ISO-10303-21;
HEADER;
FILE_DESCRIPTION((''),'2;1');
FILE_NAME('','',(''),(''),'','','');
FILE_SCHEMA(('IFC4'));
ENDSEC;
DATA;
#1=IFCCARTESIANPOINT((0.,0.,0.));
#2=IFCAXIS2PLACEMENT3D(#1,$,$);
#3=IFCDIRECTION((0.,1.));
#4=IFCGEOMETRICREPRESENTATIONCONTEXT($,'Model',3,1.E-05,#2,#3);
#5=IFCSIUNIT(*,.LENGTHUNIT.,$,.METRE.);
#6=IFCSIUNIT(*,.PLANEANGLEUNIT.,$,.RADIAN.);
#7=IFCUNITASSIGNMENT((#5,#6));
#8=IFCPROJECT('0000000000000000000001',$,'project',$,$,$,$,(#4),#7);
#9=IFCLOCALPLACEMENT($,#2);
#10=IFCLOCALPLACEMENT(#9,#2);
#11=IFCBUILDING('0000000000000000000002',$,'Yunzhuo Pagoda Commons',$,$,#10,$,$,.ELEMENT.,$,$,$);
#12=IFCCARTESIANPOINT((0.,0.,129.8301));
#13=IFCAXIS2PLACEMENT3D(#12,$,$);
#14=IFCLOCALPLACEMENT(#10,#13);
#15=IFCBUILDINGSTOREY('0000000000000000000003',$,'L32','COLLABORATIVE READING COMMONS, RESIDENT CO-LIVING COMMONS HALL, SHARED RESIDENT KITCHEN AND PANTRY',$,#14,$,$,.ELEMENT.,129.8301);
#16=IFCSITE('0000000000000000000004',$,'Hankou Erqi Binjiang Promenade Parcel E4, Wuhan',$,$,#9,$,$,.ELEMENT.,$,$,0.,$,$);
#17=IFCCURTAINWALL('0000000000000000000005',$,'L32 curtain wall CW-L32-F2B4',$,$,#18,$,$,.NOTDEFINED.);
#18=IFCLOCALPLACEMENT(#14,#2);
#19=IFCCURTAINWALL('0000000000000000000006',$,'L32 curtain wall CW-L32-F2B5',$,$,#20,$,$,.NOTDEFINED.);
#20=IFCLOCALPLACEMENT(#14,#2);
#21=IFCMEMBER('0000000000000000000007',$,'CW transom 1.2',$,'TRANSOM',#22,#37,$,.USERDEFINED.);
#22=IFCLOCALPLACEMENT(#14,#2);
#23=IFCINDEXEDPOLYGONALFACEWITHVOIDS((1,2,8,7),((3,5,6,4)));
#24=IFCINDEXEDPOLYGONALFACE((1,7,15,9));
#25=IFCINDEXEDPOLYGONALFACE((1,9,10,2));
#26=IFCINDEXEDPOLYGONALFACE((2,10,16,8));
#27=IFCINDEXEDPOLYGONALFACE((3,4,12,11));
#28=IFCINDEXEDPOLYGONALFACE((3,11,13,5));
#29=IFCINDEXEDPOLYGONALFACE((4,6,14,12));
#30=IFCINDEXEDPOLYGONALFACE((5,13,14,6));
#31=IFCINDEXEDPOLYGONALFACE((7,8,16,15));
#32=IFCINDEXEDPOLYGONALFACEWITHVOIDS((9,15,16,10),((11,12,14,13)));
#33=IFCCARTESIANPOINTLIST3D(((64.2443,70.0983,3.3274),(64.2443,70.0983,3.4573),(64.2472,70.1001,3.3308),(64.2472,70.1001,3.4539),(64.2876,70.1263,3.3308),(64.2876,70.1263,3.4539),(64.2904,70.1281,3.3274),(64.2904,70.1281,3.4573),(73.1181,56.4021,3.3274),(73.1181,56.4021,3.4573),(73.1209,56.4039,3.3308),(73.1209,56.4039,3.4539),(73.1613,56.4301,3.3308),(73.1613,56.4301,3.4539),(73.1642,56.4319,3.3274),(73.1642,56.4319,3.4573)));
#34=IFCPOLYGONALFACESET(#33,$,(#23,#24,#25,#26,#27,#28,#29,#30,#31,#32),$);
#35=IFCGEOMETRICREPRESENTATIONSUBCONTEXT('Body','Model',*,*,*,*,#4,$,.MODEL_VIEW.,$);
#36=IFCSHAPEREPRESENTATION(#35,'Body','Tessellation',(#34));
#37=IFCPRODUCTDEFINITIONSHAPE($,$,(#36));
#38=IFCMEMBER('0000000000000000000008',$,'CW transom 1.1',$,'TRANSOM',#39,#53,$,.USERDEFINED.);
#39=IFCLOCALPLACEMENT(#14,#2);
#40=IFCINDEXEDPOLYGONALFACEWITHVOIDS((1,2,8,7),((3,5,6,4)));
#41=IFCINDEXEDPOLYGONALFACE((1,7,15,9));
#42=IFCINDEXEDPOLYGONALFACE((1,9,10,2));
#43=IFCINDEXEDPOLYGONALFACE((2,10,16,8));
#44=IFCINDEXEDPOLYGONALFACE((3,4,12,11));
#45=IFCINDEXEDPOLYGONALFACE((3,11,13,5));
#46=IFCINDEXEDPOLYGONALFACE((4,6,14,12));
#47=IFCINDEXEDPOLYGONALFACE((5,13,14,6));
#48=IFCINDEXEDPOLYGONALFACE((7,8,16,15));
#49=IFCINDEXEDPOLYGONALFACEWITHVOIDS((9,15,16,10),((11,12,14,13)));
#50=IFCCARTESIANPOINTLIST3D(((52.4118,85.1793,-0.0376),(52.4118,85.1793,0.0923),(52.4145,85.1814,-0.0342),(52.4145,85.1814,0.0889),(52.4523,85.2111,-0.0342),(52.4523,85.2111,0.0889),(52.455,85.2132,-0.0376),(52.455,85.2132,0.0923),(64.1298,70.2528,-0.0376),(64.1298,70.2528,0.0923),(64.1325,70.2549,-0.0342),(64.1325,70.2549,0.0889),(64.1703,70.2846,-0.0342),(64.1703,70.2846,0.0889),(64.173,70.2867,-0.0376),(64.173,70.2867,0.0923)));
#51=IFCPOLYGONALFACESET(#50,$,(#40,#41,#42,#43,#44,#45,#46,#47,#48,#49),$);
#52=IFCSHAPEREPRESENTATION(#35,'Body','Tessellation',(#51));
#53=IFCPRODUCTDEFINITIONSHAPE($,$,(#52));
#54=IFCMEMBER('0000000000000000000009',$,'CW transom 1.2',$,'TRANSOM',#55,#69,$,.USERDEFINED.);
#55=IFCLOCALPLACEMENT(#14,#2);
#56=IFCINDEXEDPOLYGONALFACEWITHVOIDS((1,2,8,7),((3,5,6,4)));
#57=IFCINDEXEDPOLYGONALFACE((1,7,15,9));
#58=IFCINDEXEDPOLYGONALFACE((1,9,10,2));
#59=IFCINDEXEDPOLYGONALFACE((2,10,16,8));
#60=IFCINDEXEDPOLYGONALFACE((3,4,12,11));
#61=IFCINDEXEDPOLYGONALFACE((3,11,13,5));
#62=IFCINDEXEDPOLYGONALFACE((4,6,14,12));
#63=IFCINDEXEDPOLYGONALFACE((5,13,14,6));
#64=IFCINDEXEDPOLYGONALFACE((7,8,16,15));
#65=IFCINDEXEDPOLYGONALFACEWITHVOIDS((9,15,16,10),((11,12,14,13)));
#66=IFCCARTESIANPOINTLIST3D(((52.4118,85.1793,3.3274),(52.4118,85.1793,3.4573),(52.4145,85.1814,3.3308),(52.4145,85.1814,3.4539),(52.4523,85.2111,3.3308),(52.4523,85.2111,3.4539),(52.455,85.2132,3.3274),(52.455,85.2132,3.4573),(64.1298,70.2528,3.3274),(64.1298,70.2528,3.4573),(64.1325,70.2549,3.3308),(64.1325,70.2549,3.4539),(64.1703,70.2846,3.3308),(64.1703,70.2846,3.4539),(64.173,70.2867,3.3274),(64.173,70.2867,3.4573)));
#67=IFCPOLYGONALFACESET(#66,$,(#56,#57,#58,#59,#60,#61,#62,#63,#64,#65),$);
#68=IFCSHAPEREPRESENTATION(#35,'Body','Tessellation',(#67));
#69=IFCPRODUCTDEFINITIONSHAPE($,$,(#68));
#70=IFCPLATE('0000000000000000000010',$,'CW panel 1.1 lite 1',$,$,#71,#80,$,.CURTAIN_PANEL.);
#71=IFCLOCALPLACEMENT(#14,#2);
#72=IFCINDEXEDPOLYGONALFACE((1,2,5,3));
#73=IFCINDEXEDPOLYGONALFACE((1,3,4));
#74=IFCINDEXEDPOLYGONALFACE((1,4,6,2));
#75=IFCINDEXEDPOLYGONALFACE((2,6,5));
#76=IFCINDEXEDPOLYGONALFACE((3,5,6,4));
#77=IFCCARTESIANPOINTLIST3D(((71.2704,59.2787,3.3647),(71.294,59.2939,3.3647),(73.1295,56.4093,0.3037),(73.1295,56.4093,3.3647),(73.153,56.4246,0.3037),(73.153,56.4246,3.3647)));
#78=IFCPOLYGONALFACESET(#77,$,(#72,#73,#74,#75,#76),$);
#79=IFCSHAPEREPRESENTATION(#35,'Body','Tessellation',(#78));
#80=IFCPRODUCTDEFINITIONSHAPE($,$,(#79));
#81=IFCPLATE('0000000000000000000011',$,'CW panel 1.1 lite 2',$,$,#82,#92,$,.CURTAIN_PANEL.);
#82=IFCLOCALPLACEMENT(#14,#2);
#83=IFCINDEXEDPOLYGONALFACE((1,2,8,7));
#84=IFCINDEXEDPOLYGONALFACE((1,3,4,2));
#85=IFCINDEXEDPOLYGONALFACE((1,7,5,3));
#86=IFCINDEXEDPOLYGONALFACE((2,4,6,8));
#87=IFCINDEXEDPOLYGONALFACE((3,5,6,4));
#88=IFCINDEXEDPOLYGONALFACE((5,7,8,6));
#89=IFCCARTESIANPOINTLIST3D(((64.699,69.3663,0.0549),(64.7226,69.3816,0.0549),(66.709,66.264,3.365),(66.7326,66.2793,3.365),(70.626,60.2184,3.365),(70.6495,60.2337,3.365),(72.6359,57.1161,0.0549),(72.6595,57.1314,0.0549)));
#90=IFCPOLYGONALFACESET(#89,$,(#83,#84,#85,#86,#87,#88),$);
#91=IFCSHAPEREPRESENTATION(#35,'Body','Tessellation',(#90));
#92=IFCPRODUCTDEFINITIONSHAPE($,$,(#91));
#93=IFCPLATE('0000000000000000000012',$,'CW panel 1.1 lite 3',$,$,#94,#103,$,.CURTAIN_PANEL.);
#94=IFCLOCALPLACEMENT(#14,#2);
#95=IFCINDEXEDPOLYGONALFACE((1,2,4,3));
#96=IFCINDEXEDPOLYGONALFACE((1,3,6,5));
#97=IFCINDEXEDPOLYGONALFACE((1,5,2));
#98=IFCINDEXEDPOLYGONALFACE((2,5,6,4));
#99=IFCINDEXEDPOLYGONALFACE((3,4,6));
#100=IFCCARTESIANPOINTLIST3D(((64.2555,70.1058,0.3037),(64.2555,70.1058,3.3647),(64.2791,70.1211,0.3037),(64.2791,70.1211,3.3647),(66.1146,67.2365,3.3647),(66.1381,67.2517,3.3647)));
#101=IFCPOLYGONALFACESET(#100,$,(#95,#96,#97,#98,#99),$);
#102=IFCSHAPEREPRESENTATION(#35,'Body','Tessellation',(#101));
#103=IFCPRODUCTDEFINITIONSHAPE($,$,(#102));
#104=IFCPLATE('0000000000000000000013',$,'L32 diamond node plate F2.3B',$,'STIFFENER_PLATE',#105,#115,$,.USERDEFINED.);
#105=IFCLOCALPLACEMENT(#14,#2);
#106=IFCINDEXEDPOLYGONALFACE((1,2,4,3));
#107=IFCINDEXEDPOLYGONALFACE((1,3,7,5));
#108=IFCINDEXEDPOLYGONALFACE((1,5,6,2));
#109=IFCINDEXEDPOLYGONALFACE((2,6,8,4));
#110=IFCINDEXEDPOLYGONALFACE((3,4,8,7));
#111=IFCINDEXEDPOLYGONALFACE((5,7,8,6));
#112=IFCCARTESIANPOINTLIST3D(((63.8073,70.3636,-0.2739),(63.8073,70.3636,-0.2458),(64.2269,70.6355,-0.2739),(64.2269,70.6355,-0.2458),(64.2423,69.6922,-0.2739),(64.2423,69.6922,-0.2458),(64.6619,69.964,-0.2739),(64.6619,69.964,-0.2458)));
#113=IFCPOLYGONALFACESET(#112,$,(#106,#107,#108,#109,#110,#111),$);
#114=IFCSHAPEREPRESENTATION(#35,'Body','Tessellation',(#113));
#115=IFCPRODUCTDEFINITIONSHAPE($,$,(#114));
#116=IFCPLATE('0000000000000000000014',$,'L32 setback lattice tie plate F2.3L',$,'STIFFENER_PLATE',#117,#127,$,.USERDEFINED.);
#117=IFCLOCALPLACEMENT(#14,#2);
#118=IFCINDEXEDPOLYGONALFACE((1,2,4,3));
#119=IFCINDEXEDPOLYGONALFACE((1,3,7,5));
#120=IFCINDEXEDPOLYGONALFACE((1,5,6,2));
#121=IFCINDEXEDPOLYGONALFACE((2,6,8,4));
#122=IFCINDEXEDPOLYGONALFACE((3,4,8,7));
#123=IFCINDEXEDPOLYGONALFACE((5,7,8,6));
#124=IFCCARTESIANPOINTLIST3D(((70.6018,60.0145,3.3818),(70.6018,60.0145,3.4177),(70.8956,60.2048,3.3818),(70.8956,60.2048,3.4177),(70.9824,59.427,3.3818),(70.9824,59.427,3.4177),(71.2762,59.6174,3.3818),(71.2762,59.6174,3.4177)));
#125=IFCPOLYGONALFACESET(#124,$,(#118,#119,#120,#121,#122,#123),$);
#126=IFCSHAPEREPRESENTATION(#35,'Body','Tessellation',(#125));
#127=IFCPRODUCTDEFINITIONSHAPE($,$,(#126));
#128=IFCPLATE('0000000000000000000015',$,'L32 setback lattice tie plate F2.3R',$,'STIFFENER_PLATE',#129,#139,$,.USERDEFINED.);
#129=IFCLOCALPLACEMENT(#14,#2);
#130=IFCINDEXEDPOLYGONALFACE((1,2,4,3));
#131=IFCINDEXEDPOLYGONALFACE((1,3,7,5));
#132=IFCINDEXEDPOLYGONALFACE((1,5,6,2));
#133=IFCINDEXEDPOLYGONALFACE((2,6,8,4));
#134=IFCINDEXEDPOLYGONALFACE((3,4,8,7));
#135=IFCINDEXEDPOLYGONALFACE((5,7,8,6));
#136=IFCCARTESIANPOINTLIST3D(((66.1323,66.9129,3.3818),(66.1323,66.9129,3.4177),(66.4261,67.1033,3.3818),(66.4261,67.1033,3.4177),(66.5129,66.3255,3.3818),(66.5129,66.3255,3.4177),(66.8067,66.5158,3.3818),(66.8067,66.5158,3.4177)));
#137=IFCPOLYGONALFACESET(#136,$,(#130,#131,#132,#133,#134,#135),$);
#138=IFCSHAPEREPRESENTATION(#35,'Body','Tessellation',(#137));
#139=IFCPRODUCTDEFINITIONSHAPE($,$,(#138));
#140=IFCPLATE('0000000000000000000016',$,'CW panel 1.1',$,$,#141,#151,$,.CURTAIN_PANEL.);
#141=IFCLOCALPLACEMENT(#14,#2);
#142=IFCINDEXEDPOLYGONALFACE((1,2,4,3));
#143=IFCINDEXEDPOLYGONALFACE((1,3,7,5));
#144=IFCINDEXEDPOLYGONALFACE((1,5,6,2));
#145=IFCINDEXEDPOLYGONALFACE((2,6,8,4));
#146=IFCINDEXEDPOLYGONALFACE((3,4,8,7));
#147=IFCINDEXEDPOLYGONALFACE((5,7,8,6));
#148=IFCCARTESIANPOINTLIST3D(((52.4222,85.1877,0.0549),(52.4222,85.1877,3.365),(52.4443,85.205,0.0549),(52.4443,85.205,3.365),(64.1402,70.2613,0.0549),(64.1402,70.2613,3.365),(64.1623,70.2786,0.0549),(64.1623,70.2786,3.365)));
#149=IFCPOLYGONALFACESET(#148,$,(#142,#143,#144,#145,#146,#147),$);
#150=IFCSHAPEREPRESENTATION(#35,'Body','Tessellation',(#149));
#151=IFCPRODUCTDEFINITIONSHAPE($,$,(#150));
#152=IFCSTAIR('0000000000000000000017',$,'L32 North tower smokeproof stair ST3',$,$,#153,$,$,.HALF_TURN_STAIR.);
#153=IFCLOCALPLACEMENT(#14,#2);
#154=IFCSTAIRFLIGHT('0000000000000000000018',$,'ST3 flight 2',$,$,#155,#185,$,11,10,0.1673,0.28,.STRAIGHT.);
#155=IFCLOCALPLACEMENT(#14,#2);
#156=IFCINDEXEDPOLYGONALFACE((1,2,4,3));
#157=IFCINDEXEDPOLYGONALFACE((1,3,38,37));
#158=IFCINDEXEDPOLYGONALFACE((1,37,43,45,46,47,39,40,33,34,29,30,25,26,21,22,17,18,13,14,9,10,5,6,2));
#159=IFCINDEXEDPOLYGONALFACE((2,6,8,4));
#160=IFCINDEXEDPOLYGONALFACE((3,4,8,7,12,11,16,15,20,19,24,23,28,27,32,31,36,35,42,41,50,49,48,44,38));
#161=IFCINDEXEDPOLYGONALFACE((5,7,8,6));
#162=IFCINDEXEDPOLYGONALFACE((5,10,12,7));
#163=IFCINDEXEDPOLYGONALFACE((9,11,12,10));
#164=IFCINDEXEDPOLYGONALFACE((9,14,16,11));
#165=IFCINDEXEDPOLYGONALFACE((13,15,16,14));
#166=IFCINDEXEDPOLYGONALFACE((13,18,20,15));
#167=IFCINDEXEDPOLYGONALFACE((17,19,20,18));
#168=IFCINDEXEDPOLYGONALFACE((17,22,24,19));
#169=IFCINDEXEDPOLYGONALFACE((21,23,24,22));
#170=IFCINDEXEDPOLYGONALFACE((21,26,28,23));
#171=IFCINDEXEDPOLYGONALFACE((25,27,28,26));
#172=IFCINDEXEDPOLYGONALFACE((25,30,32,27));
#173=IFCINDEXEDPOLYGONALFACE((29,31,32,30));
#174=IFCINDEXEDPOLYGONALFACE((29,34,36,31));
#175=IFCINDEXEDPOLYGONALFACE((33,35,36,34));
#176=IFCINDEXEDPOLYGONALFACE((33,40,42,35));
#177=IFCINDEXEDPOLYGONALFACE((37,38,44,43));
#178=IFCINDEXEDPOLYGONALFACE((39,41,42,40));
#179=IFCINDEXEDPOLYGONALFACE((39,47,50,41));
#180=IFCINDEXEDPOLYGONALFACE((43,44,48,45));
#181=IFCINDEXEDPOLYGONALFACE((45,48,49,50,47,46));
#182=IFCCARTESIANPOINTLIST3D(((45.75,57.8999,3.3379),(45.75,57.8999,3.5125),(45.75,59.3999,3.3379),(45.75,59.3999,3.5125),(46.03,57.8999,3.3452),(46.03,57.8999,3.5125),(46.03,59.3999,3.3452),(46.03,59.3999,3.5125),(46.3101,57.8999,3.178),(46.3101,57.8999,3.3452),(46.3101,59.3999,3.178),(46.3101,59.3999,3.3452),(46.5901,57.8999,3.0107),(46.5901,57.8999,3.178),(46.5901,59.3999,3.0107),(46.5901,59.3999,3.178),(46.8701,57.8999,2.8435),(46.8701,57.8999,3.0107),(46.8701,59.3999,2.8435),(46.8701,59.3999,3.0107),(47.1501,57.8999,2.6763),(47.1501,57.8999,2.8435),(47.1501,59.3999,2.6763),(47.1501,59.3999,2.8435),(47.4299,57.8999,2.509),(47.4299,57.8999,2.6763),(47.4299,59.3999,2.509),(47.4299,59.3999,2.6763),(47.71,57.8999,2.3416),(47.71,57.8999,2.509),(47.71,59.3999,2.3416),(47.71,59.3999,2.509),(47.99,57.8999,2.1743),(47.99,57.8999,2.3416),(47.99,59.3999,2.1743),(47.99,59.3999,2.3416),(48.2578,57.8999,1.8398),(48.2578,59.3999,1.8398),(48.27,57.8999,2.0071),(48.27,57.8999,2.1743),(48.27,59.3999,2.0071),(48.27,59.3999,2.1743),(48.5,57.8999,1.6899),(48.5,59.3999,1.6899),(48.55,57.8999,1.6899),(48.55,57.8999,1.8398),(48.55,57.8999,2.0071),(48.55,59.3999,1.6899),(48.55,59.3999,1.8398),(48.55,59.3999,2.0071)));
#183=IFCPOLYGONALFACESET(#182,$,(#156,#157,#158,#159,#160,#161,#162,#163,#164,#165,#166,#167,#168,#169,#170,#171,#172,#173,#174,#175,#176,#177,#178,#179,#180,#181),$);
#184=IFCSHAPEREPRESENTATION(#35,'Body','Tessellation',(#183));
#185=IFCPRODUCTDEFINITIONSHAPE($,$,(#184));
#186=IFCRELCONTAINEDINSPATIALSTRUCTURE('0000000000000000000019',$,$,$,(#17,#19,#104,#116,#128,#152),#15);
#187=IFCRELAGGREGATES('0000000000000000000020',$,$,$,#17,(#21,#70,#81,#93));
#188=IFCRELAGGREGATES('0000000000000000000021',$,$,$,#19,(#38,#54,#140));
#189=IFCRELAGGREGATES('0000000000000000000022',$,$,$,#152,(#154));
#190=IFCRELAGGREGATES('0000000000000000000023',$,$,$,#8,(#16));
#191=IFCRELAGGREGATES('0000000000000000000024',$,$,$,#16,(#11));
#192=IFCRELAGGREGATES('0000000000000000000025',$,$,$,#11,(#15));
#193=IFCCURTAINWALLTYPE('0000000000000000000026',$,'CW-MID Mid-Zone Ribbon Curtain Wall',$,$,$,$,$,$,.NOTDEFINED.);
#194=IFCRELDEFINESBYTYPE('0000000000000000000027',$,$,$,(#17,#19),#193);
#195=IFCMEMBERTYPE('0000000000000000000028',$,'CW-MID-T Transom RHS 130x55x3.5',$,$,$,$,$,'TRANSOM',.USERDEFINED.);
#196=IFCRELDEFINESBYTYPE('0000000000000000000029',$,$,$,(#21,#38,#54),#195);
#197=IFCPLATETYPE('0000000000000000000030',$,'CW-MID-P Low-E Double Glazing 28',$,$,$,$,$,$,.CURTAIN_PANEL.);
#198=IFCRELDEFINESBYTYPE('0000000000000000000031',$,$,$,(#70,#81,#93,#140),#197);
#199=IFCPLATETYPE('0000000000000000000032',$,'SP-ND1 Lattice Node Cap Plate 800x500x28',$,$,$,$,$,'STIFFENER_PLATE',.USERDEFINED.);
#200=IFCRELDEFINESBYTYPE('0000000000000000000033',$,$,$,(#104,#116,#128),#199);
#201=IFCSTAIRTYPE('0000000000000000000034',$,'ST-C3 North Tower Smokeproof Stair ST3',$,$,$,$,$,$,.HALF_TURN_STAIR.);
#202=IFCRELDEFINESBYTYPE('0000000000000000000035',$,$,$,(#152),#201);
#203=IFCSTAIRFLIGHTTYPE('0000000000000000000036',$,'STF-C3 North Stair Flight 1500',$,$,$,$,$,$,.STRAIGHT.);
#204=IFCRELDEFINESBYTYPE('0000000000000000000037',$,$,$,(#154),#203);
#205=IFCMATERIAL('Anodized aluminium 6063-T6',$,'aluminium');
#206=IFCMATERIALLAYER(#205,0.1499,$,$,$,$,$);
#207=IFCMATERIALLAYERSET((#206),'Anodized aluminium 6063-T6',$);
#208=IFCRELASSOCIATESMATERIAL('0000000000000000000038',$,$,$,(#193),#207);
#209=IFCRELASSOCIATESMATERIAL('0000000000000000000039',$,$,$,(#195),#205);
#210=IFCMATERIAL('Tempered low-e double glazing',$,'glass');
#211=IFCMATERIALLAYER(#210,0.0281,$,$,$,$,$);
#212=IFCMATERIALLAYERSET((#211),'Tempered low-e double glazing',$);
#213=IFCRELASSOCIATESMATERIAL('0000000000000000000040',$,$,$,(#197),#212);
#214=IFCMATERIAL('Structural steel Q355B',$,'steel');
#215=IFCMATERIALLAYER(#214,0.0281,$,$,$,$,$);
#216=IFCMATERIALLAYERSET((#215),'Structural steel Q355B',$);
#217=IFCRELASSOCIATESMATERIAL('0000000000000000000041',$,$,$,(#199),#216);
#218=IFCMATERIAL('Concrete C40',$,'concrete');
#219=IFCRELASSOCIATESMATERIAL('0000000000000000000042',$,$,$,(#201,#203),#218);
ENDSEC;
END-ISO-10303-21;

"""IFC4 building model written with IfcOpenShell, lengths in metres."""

from ifc_helpers import new_model, si_unit, direction, frame, origin, origin_2d, place, context, subcontext, project, spatial, polyline, rectangle, hollow_rectangle, outline, extrude, source, transform, mapped, material, layer, layer_set, material_profile, profile_set, type_object, element, aggregate, save


model = new_model("IFC4")

# Units and contexts
model_context = context("Model", 3, precision=1e-05, world=origin(), true_north=direction((0.0, 1.0)))
body_context = subcontext(model_context, "Body", "Model", "MODEL_VIEW")
ifc_project = project(units=[si_unit("LENGTHUNIT", "METRE"), si_unit("PLANEANGLEUNIT", "RADIAN")], contexts=[model_context])

# Site, building, storey
site_placement = place(None, origin())
site = spatial("IfcSite", under=ifc_project, at=site_placement, Name="Hankou Erqi Binjiang Promenade Parcel E4, Wuhan", CompositionType="ELEMENT", RefElevation=0.0)
building_placement = place(site_placement, origin())
building = spatial("IfcBuilding", under=site, at=building_placement, Name="Yunzhuo Pagoda Commons", CompositionType="ELEMENT")
storey_placement = place(building_placement, frame((0.0, 0.0, 129.8301)))
storey = spatial("IfcBuildingStorey", under=building, at=storey_placement, Name="L32", Description="COLLABORATIVE READING COMMONS, RESIDENT CO-LIVING COMMONS HALL, SHARED RESIDENT KITCHEN AND PANTRY", CompositionType="ELEMENT", Elevation=129.8301)

# Shared definitions
ifc_material_1 = material(Name="Structural steel Q355B", Category="steel")

# Curtain walls
ifc_material_2 = material(Name="Anodized aluminium 6063-T6", Category="aluminium")
ifc_layer_1 = layer(ifc_material_2, 0.1499)
ifc_layer_set_1 = layer_set([ifc_layer_1], Name="Anodized aluminium 6063-T6")
curtain_wall_type = type_object("IfcCurtainWallType", Name="CW-MID Mid-Zone Ribbon Curtain Wall", PredefinedType="NOTDEFINED", material=ifc_layer_set_1)
curtain_wall_1_placement = place(storey_placement, origin())
curtain_wall_1 = element("IfcCurtainWall", 1, at=curtain_wall_1_placement, inside=storey, type_object=curtain_wall_type, Name="L32 curtain wall CW-L32-F2B4", PredefinedType="NOTDEFINED")
curtain_wall_2_placement = place(storey_placement, origin())
curtain_wall_2 = element("IfcCurtainWall", 2, at=curtain_wall_2_placement, inside=storey, type_object=curtain_wall_type, Name="L32 curtain wall CW-L32-F2B5", PredefinedType="NOTDEFINED")

# Members
ifc_material_profile_1 = material_profile(ifc_material_2, hollow_rectangle(XDim=0.0549, YDim=0.1299, WallThickness=0.0034, at=origin_2d()), Name="Anodized aluminium 6063-T6")
ifc_profile_set_1 = profile_set([ifc_material_profile_1], Name="Anodized aluminium 6063-T6")
member_type_1 = type_object("IfcMemberType", Name="CW-MID-T Transom RHS 130x55x3.5", ElementType="TRANSOM", PredefinedType="USERDEFINED", material=ifc_profile_set_1)
shared_shape_1 = source(origin(), body_context, "Body", "SweptSolid", [
    extrude(hollow_rectangle(XDim=0.0549, YDim=0.1299, WallThickness=0.0034, at=origin_2d()), origin(), (0.0, 0.0, 1.0), 16.3196),
])
member_1_placement = place(storey_placement, frame((73.1411, 56.417, 3.3923), z_axis=(-0.543747, 0.839249, 0.0), x_axis=(-0.839249, -0.543747, 0.0)))
member_1 = element("IfcMember", 3, at=member_1_placement, type_object=member_type_1, Name="CW transom 1.2", ObjectType="TRANSOM", PredefinedType="USERDEFINED", context=body_context, shape_type="MappedRepresentation", body=[
    mapped(shared_shape_1, transform((0.0, 0.0, 0.0), scale=1.0)),
])
shared_shape_2 = source(origin(), body_context, "Body", "SweptSolid", [
    extrude(hollow_rectangle(XDim=0.0549, YDim=0.1299, WallThickness=0.0034, at=origin_2d()), origin(), (0.0, 0.0, 1.0), 18.9766),
])
member_2_placement = place(storey_placement, frame((64.1514, 70.2698, 0.0273), z_axis=(-0.617497, 0.786573, 0.0), x_axis=(-0.786573, -0.617497, 0.0)))
member_2 = element("IfcMember", 4, at=member_2_placement, type_object=member_type_1, Name="CW transom 1.1", ObjectType="TRANSOM", PredefinedType="USERDEFINED", context=body_context, shape_type="MappedRepresentation", body=[
    mapped(shared_shape_2, transform((0.0, 0.0, 0.0), scale=1.0)),
])
member_3_placement = place(storey_placement, frame((64.1514, 70.2698, 3.3923), z_axis=(-0.617497, 0.786573, 0.0), x_axis=(-0.786573, -0.617497, 0.0)))
member_3 = element("IfcMember", 5, at=member_3_placement, type_object=member_type_1, Name="CW transom 1.2", ObjectType="TRANSOM", PredefinedType="USERDEFINED", context=body_context, shape_type="MappedRepresentation", body=[
    mapped(shared_shape_2, transform((0.0, 0.0, 0.0), scale=1.0)),
])

# Plates
ifc_material_3 = material(Name="Tempered low-e double glazing", Category="glass")
ifc_layer_2 = layer(ifc_material_3, 0.0281)
ifc_layer_set_2 = layer_set([ifc_layer_2], Name="Tempered low-e double glazing")
plate_type_1 = type_object("IfcPlateType", Name="CW-MID-P Low-E Double Glazing 28", PredefinedType="CURTAIN_PANEL", material=ifc_layer_set_2)
plate_1_placement = place(storey_placement, frame((72.2, 57.844, 1.8342), z_axis=(0.839249, 0.543747, 0.0), x_axis=(-0.543747, 0.839249, 0.0)))
plate_1 = element("IfcPlate", 6, at=plate_1_placement, type_object=plate_type_1, Name="CW panel 1.1 lite 1", PredefinedType="CURTAIN_PANEL", context=body_context, shape_type="SweptSolid", body=[
    extrude(outline(polyline([(-1.7095, -1.5305), (1.7095, 1.5305), (-1.7095, 1.5305), (-1.7095, -1.5305)])), origin(), (0.0, 0.0, 1.0), 0.0281),
])
plate_2_placement = place(storey_placement, frame((68.6675, 63.2412, 1.71), z_axis=(0.839249, 0.543747, 0.0), x_axis=(-0.543747, 0.839249, 0.0)))
plate_2 = element("IfcPlate", 7, at=plate_2_placement, type_object=plate_type_1, Name="CW panel 1.1 lite 2", PredefinedType="CURTAIN_PANEL", context=body_context, shape_type="SweptSolid", body=[
    extrude(outline(polyline([(-7.2983, -1.655), (7.2983, -1.655), (3.6018, 1.655), (-3.6018, 1.655), (-7.2983, -1.655)])), origin(), (0.0, 0.0, 1.0), 0.0281),
])
plate_3_placement = place(storey_placement, frame((65.1851, 68.6711, 1.8342), z_axis=(0.839249, 0.543747, 0.0), x_axis=(-0.543747, 0.839249, 0.0)))
plate_3 = element("IfcPlate", 8, at=plate_3_placement, type_object=plate_type_1, Name="CW panel 1.1 lite 3", PredefinedType="CURTAIN_PANEL", context=body_context, shape_type="SweptSolid", body=[
    extrude(outline(polyline([(-1.7095, 1.5305), (1.7095, -1.5305), (1.7095, 1.5305), (-1.7095, 1.5305)])), origin(), (0.0, 0.0, 1.0), 0.0281),
])
aggregate(curtain_wall_1, [member_1, plate_1, plate_2, plate_3])

# Plates
ifc_layer_3 = layer(ifc_material_1, 0.0281)
ifc_layer_set_3 = layer_set([ifc_layer_3], Name="Structural steel Q355B")
plate_type_2 = type_object("IfcPlateType", Name="SP-ND1 Lattice Node Cap Plate 800x500x28", ElementType="STIFFENER_PLATE", PredefinedType="USERDEFINED", material=ifc_layer_set_3)
shared_shape_3 = source(origin(), body_context, "Body", "SweptSolid", [
    extrude(rectangle(XDim=0.8, YDim=0.5, at=origin_2d()), origin(), (0.0, 0.0, 1.0), 0.0281),
])
plate_4_placement = place(storey_placement, frame((64.2346, 70.1638, -0.2739), z_axis=(0.0, 0.0, 1.0), x_axis=(-0.543746, 0.83925, 0.0)))
element("IfcPlate", 9, at=plate_4_placement, inside=storey, type_object=plate_type_2, Name="L32 diamond node plate F2.3B", ObjectType="STIFFENER_PLATE", PredefinedType="USERDEFINED", context=body_context, shape_type="MappedRepresentation", body=[
    mapped(shared_shape_3, transform((0.0, 0.0, 0.0), scale=1.0)),
])
shared_shape_4 = source(origin(), body_context, "Body", "SweptSolid", [
    extrude(rectangle(XDim=0.7, YDim=0.3501, at=origin_2d()), origin(), (0.0, 0.0, 1.0), 0.0359),
])
for number, where, z_axis, x_axis, name in (
    (10, (70.939, 59.8159, 3.3818), (0.0, 0.0, 1.0), (-0.543746, 0.83925, 0.0), "L32 setback lattice tie plate F2.3L"),
    (11, (66.4695, 66.7144, 3.3818), (0.0, 0.0, 1.0), (-0.543746, 0.83925, 0.0), "L32 setback lattice tie plate F2.3R"),
):
    element("IfcPlate", number, at=place(storey_placement, frame(where, z_axis=z_axis, x_axis=x_axis)), inside=storey, type_object=plate_type_2, Name=name, ObjectType="STIFFENER_PLATE", PredefinedType="USERDEFINED", context=body_context, shape_type="MappedRepresentation", body=[
        mapped(shared_shape_4, transform((0.0, 0.0, 0.0), scale=1.0)),
    ])

# Plate
shared_shape_5 = source(origin(), body_context, "Body", "SweptSolid", [
    extrude(rectangle(XDim=18.9766, YDim=0.0281, at=origin_2d()), origin(), (0.0, 0.0, 1.0), 3.3101),
])
plate_5_placement = place(storey_placement, frame((58.2922, 77.7332, 0.0549), z_axis=(0.0, 0.0, 1.0), x_axis=(-0.617499, 0.786572, 0.0)))
plate_5 = element("IfcPlate", 12, at=plate_5_placement, type_object=plate_type_1, Name="CW panel 1.1", PredefinedType="CURTAIN_PANEL", context=body_context, shape_type="MappedRepresentation", body=[
    mapped(shared_shape_5, transform((0.0, 0.0, 0.0), scale=1.0)),
])
aggregate(curtain_wall_2, [member_2, member_3, plate_5])

# Stair, stair flight
ifc_material_4 = material(Name="Concrete C40", Category="concrete")
stair_type = type_object("IfcStairType", Name="ST-C3 North Tower Smokeproof Stair ST3", PredefinedType="HALF_TURN_STAIR", material=ifc_material_4)
stair_placement = place(storey_placement, origin())
stair = element("IfcStair", 13, at=stair_placement, inside=storey, type_object=stair_type, Name="L32 North tower smokeproof stair ST3", PredefinedType="HALF_TURN_STAIR")
stair_flight_type = type_object("IfcStairFlightType", Name="STF-C3 North Stair Flight 1500", PredefinedType="STRAIGHT", material=ifc_material_4)
shared_shape_6 = source(origin(), body_context, "Body", "SweptSolid", [
    extrude(outline(polyline([(0.0, -0.1499), (0.0, 0.0), (0.0, 0.1672), (0.28, 0.1672), (0.28, 0.3345), (0.5601, 0.3345), (0.5601, 0.5017), (0.8401, 0.5017), (0.8401, 0.6692), (1.1201, 0.6692), (1.1201, 0.8364), (1.3999, 0.8364), (1.3999, 1.0037), (1.6799, 1.0037), (1.6799, 1.1709), (1.96, 1.1709), (1.96, 1.3381), (2.24, 1.3381), (2.24, 1.5054), (2.52, 1.5054), (2.52, 1.6726), (2.8, 1.6726), (2.8, 1.8401), (2.8, 1.498), (0.2922, 0.0), (0.05, -0.1499), (0.0, -0.1499)])), frame((0.0, 0.75, 0.0), z_axis=(0.0, -1.0, 0.0), x_axis=(1.0, 0.0, 0.0)), (0.0, 0.0, 1.0), 1.5),
])
stair_flight_placement = place(storey_placement, frame((48.55, 58.6499, 1.8398), z_axis=(0.0, 0.0, 1.0), x_axis=(-1.0, 0.0, 0.0)))
stair_flight = element("IfcStairFlight", 14, at=stair_flight_placement, type_object=stair_flight_type, Name="ST3 flight 2", NumberOfRisers=11, NumberOfTreads=10, PredefinedType="STRAIGHT", RiserHeight=0.1673, TreadLength=0.28, context=body_context, shape_type="MappedRepresentation", body=[
    mapped(shared_shape_6, transform((0.0, 0.0, 0.0), scale=1.0)),
])
aggregate(stair, [stair_flight])

save(model, "model.ifc")
